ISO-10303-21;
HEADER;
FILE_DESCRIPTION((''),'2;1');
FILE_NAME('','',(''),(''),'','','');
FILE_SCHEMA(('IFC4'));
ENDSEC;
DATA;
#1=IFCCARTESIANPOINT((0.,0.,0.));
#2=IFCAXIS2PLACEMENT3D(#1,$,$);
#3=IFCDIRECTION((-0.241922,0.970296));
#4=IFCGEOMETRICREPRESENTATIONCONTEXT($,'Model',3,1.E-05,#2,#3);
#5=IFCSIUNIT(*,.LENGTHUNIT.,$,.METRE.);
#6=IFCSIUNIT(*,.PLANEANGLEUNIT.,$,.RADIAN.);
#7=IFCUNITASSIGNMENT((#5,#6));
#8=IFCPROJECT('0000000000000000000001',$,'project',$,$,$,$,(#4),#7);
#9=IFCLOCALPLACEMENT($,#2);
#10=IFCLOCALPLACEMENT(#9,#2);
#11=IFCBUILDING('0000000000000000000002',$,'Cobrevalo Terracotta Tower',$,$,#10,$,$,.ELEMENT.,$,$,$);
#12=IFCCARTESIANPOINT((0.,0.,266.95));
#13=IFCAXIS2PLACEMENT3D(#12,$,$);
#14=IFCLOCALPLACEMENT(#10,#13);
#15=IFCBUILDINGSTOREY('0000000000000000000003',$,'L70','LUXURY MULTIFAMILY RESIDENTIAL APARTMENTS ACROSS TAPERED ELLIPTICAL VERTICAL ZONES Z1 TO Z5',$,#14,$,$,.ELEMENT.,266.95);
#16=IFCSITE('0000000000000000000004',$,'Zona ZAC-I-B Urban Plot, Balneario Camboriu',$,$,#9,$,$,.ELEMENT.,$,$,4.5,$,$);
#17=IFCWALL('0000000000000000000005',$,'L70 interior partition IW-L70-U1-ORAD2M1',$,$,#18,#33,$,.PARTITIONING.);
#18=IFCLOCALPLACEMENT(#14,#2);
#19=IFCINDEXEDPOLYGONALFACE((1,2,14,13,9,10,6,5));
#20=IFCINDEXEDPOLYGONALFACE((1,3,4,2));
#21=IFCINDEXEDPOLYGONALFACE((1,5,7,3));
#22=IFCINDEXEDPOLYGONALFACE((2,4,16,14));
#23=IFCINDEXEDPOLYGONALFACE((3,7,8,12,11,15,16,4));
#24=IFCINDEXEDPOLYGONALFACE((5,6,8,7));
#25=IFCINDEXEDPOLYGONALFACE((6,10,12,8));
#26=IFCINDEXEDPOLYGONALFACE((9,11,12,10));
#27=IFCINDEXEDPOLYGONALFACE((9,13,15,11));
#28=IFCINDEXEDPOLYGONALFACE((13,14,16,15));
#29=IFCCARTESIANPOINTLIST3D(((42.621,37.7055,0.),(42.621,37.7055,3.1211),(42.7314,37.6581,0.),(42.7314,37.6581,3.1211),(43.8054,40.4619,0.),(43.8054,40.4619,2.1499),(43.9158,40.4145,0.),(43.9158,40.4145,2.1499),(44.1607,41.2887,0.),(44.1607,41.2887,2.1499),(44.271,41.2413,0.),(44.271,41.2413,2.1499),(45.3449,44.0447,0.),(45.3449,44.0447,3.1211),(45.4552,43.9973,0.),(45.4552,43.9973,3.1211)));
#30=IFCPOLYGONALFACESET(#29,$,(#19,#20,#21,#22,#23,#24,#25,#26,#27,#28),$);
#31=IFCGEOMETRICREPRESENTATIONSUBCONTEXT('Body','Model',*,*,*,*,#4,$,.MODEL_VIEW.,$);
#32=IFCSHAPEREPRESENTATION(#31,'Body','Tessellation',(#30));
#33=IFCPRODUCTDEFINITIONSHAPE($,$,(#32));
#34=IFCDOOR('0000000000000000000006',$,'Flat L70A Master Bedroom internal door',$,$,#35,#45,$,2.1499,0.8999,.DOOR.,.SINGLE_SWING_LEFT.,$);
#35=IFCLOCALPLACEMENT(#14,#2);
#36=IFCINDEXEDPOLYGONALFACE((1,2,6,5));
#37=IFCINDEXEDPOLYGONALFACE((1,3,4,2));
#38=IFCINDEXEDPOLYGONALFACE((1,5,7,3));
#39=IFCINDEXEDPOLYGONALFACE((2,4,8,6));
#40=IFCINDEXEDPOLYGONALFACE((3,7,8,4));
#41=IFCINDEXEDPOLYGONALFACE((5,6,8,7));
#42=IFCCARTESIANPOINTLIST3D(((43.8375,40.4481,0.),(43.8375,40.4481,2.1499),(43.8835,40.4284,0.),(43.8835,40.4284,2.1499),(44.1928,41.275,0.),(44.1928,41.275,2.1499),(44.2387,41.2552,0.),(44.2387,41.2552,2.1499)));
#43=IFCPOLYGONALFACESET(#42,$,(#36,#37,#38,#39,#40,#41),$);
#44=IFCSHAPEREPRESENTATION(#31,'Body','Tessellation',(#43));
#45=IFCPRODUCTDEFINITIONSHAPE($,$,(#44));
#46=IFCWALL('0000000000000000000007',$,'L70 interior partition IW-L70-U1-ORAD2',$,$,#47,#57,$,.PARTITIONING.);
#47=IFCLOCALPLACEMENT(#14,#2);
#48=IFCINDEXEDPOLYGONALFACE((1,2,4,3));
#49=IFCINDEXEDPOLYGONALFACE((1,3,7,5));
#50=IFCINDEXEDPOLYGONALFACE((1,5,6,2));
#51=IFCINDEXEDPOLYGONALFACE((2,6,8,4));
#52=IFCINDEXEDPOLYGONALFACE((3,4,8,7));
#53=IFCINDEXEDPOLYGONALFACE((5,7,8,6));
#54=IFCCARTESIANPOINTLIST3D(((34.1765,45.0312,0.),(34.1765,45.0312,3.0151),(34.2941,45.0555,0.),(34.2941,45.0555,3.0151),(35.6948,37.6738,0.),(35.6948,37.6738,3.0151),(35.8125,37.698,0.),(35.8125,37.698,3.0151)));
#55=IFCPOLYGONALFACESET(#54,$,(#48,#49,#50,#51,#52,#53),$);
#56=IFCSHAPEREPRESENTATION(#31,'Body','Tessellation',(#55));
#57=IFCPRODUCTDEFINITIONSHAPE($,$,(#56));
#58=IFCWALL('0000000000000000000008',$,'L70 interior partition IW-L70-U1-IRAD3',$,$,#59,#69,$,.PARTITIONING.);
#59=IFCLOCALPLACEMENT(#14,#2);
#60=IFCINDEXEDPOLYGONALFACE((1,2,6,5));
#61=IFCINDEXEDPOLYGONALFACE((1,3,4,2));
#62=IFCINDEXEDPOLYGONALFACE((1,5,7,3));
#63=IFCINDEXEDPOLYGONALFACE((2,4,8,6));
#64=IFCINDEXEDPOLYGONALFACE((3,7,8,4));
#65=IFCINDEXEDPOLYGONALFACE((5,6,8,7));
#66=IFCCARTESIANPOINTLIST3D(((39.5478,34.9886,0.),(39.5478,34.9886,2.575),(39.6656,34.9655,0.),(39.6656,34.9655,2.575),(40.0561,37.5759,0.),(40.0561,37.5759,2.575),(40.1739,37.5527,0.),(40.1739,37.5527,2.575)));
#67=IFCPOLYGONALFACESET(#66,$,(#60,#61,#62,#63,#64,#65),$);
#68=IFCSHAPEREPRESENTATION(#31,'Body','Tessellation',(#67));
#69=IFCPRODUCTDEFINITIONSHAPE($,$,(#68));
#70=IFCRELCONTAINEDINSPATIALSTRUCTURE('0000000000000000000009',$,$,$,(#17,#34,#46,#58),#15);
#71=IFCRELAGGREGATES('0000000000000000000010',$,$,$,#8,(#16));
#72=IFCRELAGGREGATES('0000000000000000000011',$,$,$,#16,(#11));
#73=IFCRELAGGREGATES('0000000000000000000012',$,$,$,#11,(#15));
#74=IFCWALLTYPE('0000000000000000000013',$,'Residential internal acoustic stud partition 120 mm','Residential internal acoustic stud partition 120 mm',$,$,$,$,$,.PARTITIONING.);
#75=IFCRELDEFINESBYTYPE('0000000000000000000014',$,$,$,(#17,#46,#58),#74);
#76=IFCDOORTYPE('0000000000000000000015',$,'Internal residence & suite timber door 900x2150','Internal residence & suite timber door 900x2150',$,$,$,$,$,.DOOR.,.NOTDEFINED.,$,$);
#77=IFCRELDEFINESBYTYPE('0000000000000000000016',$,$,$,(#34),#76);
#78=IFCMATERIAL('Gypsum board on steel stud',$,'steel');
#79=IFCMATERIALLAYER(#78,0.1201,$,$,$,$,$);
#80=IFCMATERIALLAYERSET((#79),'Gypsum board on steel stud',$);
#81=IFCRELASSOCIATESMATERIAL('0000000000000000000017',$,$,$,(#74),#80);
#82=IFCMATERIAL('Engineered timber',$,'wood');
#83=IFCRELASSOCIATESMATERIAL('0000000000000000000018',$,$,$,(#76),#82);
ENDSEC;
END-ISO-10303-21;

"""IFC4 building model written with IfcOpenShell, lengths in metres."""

from ifc_helpers import new_model, si_unit, direction, frame, frame_2d, origin, place, context, subcontext, project, spatial, rectangle, extrude, source, transform, mapped, material, layer, layer_set, type_object, element, fill, save


model = new_model("IFC4")

# Units and contexts
model_context = context("Model", 3, precision=1e-05, world=origin(), true_north=direction((-0.241922, 0.970296)))
body_context = subcontext(model_context, "Body", "Model", "MODEL_VIEW")
ifc_project = project(units=[si_unit("LENGTHUNIT", "METRE"), si_unit("PLANEANGLEUNIT", "RADIAN")], contexts=[model_context])

# Site, building, storey
site_placement = place(None, origin())
site = spatial("IfcSite", under=ifc_project, at=site_placement, Name="Zona ZAC-I-B Urban Plot, Balneario Camboriu", CompositionType="ELEMENT", RefElevation=4.5)
building_placement = place(site_placement, origin())
building = spatial("IfcBuilding", under=site, at=building_placement, Name="Cobrevalo Terracotta Tower", CompositionType="ELEMENT")
storey_placement = place(building_placement, frame((0.0, 0.0, 266.95)))
storey = spatial("IfcBuildingStorey", under=building, at=storey_placement, Name="L70", Description="LUXURY MULTIFAMILY RESIDENTIAL APARTMENTS ACROSS TAPERED ELLIPTICAL VERTICAL ZONES Z1 TO Z5", CompositionType="ELEMENT", Elevation=266.95)

# Wall, opening, door
ifc_material_1 = material(Name="Gypsum board on steel stud", Category="steel")
ifc_layer_1 = layer(ifc_material_1, 0.1201)
ifc_layer_set_1 = layer_set([ifc_layer_1], Name="Gypsum board on steel stud")
wall_type_1 = type_object("IfcWallType", Name="Residential internal acoustic stud partition 120 mm", Description="Residential internal acoustic stud partition 120 mm", PredefinedType="PARTITIONING", material=ifc_layer_set_1)
wall_1_placement = place(storey_placement, frame((42.6763, 37.6819, 0.0), z_axis=(0.0, 0.0, 1.0), x_axis=(0.394777, 0.918777, 0.0)))
wall_1 = element("IfcWall", 1, at=wall_1_placement, inside=storey, type_object=wall_type_1, Name="L70 interior partition IW-L70-U1-ORAD2M1", PredefinedType="PARTITIONING", context=body_context, shape_type="SweptSolid", body=[
    extrude(rectangle(XDim=6.8997, YDim=0.1201, at=frame_2d((3.4497, 0.0))), origin(), (0.0, 0.0, 1.0), 3.1211),
])
opening_1_placement = place(wall_1_placement, frame((3.0, 0.0, 0.0)))
opening_1 = element("IfcOpeningElement", 2, at=opening_1_placement, cuts=wall_1, PredefinedType="OPENING", context=body_context, shape_type="SweptSolid", body=[
    extrude(rectangle(XDim=0.8999, YDim=2.1499, at=frame_2d((0.45, 1.075))), frame((0.0, 0.0701, 0.0), z_axis=(0.0, -1.0, 0.0), x_axis=(1.0, 0.0, 0.0)), (0.0, 0.0, 1.0), 0.1401),
])
ifc_material_2 = material(Name="Engineered timber", Category="wood")
door_type_1 = type_object("IfcDoorType", Name="Internal residence & suite timber door 900x2150", Description="Internal residence & suite timber door 900x2150", OperationType="NOTDEFINED", PredefinedType="DOOR", material=ifc_material_2)
shared_shape_1 = source(origin(), body_context, "Body", "SweptSolid", [
    extrude(rectangle(XDim=0.8999, YDim=2.1499, at=frame_2d((0.45, 1.075))), frame((0.0, 0.0249, 0.0), z_axis=(0.0, -1.0, 0.0), x_axis=(1.0, 0.0, 0.0)), (0.0, 0.0, 1.0), 0.05),
])
door_1_placement = place(opening_1_placement, frame((0.8999, 0.0, 0.0), z_axis=(0.0, 0.0, 1.0), x_axis=(-1.0, 0.0, 0.0)))
door_1 = element("IfcDoor", 3, at=door_1_placement, inside=storey, type_object=door_type_1, Name="Flat L70A Master Bedroom internal door", OperationType="SINGLE_SWING_LEFT", OverallHeight=2.1499, OverallWidth=0.8999, PredefinedType="DOOR", context=body_context, shape_type="MappedRepresentation", body=[
    mapped(shared_shape_1, transform((0.0, 0.0, 0.0), scale=1.0)),
])
fill(opening_1, door_1)

# Wall
wall_2_placement = place(storey_placement, frame((35.7537, 37.6858, 0.0), z_axis=(0.0, 0.0, 1.0), x_axis=(-0.202106, 0.979364, 0.0)))
element("IfcWall", 4, at=wall_2_placement, inside=storey, type_object=wall_type_1, Name="L70 interior partition IW-L70-U1-ORAD2", PredefinedType="PARTITIONING", context=body_context, shape_type="SweptSolid", body=[
    extrude(rectangle(XDim=7.5125, YDim=0.1201, at=frame_2d((3.7563, 0.0))), origin(), (0.0, 0.0, 1.0), 3.0151),
])

# Wall
wall_3_placement = place(storey_placement, frame((39.6067, 34.9771, 0.0), z_axis=(0.0, 0.0, 1.0), x_axis=(0.192785, 0.981241, 0.0)))
element("IfcWall", 5, at=wall_3_placement, inside=storey, type_object=wall_type_1, Name="L70 interior partition IW-L70-U1-IRAD3", PredefinedType="PARTITIONING", context=body_context, shape_type="SweptSolid", body=[
    extrude(rectangle(XDim=2.6367, YDim=0.1201, at=frame_2d((1.3184, 0.0))), origin(), (0.0, 0.0, 1.0), 2.575),
])

save(model, "model.ifc")
